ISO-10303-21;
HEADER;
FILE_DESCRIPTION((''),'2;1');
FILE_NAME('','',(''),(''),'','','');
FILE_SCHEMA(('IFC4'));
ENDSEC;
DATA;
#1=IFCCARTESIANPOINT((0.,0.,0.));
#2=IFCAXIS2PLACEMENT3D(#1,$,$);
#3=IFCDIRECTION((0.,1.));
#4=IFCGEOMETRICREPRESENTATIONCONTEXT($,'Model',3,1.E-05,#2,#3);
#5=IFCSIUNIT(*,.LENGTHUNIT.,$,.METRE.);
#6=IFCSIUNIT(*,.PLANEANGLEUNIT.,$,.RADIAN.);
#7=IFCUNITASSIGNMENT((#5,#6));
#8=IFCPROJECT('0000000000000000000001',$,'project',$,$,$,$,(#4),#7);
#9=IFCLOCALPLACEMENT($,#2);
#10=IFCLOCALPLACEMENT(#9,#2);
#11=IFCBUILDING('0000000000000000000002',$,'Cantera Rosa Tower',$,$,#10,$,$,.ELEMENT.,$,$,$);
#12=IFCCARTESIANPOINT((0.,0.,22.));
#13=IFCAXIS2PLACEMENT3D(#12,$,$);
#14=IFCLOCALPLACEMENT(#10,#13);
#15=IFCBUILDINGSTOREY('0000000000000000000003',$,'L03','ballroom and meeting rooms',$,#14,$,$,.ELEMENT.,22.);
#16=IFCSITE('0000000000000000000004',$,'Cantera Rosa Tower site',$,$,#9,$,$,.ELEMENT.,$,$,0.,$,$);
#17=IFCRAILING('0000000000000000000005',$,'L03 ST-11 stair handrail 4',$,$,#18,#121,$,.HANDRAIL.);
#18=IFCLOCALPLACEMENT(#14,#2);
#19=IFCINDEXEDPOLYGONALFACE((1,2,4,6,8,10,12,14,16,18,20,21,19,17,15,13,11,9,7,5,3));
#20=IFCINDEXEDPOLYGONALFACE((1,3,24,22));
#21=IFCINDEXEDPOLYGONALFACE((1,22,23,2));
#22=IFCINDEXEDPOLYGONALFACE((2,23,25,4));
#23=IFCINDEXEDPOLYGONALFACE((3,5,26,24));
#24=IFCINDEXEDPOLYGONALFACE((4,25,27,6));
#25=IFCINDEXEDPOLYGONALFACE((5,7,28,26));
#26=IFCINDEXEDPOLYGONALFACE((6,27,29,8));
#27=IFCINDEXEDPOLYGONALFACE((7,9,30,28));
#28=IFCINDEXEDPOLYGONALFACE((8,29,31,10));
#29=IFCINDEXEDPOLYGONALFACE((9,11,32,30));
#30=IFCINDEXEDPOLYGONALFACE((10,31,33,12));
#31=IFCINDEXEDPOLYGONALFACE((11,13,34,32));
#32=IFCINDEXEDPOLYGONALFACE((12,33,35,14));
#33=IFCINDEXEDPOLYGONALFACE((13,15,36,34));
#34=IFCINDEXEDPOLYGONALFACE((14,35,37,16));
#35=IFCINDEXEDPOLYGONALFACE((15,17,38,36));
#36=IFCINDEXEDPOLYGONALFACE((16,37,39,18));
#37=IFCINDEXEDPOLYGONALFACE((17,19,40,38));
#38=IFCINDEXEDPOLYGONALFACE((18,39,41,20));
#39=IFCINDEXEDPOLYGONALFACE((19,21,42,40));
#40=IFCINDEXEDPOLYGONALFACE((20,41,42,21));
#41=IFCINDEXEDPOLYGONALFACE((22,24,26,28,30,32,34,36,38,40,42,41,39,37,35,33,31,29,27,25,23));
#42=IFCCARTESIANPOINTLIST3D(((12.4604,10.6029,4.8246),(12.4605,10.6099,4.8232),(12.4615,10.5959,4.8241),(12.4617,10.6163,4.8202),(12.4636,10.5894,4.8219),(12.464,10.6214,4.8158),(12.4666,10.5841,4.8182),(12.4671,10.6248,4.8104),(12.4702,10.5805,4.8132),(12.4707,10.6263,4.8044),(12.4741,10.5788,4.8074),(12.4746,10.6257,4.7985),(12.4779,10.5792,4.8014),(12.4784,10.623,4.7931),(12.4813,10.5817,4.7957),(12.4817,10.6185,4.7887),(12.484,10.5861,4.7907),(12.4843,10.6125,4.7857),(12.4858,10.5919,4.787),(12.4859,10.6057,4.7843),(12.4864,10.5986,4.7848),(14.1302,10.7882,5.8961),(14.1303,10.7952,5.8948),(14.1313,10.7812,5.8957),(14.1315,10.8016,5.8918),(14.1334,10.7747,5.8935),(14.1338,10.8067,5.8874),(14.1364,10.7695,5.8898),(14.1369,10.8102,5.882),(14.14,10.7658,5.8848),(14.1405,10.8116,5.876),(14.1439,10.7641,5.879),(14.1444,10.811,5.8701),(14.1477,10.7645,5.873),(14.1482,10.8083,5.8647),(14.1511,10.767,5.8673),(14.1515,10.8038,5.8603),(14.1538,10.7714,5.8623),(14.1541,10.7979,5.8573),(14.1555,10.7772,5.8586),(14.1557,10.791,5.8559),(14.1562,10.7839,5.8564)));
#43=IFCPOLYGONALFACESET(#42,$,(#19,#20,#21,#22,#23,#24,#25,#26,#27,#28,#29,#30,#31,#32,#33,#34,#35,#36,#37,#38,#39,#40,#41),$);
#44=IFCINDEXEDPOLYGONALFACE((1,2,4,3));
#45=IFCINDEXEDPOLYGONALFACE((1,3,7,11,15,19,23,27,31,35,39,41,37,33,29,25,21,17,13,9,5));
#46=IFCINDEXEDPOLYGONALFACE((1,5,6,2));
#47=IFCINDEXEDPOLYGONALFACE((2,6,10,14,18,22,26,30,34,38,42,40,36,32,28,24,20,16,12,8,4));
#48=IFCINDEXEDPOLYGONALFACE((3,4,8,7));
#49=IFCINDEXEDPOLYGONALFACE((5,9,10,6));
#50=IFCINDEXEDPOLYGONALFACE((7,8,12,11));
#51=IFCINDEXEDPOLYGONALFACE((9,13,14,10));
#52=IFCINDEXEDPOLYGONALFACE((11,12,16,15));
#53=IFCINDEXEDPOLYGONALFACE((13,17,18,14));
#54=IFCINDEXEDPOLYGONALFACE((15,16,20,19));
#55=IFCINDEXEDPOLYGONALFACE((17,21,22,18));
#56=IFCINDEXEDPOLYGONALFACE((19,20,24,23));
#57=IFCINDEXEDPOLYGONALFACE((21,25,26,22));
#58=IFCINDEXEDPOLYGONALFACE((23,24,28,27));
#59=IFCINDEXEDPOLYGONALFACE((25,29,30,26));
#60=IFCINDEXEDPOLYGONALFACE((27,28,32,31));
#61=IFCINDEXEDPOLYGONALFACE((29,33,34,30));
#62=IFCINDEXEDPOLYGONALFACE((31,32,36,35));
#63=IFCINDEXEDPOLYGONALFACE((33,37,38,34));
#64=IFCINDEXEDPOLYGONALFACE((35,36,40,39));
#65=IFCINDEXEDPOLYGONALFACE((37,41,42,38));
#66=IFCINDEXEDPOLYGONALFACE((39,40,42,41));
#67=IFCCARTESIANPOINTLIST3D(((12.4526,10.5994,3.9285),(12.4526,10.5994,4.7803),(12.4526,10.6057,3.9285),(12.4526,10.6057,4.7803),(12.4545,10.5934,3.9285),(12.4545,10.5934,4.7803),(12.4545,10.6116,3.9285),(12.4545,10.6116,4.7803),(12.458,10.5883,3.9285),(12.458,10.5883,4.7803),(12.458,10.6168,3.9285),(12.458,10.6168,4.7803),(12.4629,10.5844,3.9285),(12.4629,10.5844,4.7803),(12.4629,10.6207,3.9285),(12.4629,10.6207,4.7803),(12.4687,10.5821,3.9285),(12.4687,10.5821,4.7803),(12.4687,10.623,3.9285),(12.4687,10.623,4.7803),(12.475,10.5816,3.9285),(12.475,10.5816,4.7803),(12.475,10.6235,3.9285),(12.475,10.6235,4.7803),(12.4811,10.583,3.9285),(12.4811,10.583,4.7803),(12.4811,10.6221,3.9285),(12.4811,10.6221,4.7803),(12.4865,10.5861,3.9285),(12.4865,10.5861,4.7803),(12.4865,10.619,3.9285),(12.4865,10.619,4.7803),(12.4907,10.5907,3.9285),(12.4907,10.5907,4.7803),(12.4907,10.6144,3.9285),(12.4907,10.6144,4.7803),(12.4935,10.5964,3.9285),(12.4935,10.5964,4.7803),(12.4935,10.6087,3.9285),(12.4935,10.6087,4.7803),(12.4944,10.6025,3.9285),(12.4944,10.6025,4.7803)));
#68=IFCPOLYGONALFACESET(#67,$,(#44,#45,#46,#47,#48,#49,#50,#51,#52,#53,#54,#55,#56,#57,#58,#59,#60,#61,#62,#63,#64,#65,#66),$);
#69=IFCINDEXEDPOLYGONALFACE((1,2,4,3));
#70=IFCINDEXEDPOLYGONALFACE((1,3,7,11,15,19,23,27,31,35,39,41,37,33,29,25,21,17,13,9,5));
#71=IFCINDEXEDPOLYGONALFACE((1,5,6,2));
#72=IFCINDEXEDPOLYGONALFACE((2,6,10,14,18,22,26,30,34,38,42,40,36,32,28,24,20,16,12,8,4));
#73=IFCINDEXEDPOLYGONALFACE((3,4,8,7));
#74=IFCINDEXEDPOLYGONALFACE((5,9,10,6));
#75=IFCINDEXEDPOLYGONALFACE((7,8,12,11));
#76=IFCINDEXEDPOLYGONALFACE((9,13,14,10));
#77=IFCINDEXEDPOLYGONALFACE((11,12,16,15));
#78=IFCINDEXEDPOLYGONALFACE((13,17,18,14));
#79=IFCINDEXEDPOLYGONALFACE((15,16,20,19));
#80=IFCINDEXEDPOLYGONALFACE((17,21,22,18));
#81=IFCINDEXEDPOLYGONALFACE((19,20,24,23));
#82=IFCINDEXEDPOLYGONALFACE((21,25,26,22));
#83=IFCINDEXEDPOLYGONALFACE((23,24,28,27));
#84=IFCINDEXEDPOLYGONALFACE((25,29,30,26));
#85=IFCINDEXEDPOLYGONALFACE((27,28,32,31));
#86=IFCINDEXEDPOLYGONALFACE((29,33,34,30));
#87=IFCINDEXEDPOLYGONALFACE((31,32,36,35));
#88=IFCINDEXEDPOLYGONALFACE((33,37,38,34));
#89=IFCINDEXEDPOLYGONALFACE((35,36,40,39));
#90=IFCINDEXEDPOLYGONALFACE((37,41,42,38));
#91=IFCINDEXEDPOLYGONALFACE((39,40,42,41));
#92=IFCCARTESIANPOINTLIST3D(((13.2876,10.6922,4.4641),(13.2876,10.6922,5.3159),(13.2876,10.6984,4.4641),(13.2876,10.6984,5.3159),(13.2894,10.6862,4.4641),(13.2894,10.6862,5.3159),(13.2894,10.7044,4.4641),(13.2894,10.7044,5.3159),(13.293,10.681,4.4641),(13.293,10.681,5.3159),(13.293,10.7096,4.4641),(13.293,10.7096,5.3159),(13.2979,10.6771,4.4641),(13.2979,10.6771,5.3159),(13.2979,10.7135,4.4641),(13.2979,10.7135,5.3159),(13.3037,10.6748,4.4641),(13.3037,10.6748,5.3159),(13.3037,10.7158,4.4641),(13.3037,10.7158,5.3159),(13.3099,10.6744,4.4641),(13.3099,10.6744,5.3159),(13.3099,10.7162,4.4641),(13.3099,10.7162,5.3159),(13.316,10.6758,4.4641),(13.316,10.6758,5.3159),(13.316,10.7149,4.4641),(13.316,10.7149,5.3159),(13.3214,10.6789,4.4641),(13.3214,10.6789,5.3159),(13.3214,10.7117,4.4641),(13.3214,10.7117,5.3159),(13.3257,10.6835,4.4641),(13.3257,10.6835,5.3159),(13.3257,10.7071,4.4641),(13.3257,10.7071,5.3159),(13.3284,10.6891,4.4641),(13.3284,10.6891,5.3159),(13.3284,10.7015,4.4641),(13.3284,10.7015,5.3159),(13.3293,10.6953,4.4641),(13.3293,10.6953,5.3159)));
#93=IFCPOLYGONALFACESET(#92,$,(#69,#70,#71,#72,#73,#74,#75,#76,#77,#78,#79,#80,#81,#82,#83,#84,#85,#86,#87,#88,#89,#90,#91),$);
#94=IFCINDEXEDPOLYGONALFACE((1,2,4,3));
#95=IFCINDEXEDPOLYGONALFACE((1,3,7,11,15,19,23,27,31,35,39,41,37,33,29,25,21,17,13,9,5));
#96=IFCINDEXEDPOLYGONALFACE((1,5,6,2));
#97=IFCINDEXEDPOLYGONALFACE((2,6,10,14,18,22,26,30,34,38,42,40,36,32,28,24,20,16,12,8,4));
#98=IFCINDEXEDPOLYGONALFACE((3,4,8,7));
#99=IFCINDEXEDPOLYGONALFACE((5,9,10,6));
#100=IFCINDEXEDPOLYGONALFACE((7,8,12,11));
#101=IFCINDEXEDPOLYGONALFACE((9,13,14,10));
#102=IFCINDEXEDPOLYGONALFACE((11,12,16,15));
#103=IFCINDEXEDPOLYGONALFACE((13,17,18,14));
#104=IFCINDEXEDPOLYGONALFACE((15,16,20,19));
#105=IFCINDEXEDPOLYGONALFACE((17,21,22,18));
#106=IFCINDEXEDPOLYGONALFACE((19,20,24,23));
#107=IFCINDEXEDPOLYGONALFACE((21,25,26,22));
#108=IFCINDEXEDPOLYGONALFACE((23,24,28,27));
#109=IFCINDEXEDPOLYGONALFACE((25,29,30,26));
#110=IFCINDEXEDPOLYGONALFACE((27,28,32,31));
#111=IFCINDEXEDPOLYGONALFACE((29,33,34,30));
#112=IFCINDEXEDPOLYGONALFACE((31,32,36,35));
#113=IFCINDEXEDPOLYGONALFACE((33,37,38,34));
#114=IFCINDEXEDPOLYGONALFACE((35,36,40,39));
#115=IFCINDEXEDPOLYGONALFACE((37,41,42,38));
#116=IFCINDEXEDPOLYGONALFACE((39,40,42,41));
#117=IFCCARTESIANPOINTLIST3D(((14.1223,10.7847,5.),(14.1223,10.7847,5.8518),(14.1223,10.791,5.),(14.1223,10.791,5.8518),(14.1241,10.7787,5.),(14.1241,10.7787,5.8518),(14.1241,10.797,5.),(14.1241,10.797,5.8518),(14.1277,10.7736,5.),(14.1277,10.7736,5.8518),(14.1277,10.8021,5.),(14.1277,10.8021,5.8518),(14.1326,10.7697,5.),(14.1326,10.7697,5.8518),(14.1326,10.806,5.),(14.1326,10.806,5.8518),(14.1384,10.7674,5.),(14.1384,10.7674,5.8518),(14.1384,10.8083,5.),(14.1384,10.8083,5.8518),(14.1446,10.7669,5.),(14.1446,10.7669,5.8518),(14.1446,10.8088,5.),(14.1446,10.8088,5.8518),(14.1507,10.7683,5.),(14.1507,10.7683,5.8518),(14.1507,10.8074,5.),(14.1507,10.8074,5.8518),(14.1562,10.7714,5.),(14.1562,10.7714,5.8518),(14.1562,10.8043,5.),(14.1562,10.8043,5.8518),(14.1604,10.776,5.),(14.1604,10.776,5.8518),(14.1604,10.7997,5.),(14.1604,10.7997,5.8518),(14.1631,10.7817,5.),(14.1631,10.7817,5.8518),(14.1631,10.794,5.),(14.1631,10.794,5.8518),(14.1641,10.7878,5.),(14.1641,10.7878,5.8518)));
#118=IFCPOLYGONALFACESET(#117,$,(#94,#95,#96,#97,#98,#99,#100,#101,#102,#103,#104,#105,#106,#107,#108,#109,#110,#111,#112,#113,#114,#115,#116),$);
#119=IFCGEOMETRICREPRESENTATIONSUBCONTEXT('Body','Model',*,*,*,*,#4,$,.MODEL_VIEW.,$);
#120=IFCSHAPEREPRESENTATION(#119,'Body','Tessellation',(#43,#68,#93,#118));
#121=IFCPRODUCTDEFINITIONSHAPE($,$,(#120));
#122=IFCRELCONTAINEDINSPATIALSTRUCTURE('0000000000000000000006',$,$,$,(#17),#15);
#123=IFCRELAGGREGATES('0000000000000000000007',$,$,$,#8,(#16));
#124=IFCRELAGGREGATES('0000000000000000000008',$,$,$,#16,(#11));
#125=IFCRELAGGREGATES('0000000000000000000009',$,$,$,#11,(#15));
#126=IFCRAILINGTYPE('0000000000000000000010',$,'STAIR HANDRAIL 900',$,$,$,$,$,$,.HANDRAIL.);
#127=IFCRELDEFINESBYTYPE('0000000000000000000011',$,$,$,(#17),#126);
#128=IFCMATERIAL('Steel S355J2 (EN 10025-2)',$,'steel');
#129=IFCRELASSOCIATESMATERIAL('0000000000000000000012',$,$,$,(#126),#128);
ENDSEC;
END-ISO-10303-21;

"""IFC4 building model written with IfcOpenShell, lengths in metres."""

from ifc_helpers import new_model, si_unit, direction, frame, origin, origin_2d, place, context, subcontext, project, spatial, circle, extrude, material, type_object, element, save


model = new_model("IFC4")

# Units and contexts
model_context = context("Model", 3, precision=1e-05, world=origin(), true_north=direction((0.0, 1.0)))
body_context = subcontext(model_context, "Body", "Model", "MODEL_VIEW")
ifc_project = project(units=[si_unit("LENGTHUNIT", "METRE"), si_unit("PLANEANGLEUNIT", "RADIAN")], contexts=[model_context])

# Site, building, storey
site_placement = place(None, origin())
site = spatial("IfcSite", under=ifc_project, at=site_placement, Name="Cantera Rosa Tower site", CompositionType="ELEMENT", RefElevation=0.0)
building_placement = place(site_placement, origin())
building = spatial("IfcBuilding", under=site, at=building_placement, Name="Cantera Rosa Tower", CompositionType="ELEMENT")
storey_placement = place(building_placement, frame((0.0, 0.0, 22.0)))
storey = spatial("IfcBuildingStorey", under=building, at=storey_placement, Name="L03", Description="ballroom and meeting rooms", CompositionType="ELEMENT", Elevation=22.0)

# Railing
ifc_material_1 = material(Name="Steel S355J2 (EN 10025-2)", Category="steel")
railing_type_1 = type_object("IfcRailingType", Name="STAIR HANDRAIL 900", PredefinedType="HANDRAIL", material=ifc_material_1)
railing_1_placement = place(storey_placement, frame((12.4734, 10.6025, 3.9285)))
element("IfcRailing", 1, at=railing_1_placement, inside=storey, type_object=railing_type_1, Name="L03 ST-11 stair handrail 4", PredefinedType="HANDRAIL", context=body_context, shape_type="SweptSolid", body=[
    extrude(circle(Radius=0.0239, at=origin_2d()), frame((0.0, 0.0, 0.876), z_axis=(0.837951, 0.092997, 0.537764), x_axis=(-0.110304, 0.993898, 0.0)), (0.0, 0.0, 1.0), 1.9927),
    extrude(circle(Radius=0.021, at=origin_2d()), origin(), (0.0, 0.0, 1.0), 0.8518),
    extrude(circle(Radius=0.021, at=origin_2d()), frame((0.835, 0.0928, 0.5356)), (0.0, 0.0, 1.0), 0.8518),
    extrude(circle(Radius=0.021, at=origin_2d()), frame((1.6697, 0.1853, 1.0715)), (0.0, 0.0, 1.0), 0.8518),
])

save(model, "model.ifc")
